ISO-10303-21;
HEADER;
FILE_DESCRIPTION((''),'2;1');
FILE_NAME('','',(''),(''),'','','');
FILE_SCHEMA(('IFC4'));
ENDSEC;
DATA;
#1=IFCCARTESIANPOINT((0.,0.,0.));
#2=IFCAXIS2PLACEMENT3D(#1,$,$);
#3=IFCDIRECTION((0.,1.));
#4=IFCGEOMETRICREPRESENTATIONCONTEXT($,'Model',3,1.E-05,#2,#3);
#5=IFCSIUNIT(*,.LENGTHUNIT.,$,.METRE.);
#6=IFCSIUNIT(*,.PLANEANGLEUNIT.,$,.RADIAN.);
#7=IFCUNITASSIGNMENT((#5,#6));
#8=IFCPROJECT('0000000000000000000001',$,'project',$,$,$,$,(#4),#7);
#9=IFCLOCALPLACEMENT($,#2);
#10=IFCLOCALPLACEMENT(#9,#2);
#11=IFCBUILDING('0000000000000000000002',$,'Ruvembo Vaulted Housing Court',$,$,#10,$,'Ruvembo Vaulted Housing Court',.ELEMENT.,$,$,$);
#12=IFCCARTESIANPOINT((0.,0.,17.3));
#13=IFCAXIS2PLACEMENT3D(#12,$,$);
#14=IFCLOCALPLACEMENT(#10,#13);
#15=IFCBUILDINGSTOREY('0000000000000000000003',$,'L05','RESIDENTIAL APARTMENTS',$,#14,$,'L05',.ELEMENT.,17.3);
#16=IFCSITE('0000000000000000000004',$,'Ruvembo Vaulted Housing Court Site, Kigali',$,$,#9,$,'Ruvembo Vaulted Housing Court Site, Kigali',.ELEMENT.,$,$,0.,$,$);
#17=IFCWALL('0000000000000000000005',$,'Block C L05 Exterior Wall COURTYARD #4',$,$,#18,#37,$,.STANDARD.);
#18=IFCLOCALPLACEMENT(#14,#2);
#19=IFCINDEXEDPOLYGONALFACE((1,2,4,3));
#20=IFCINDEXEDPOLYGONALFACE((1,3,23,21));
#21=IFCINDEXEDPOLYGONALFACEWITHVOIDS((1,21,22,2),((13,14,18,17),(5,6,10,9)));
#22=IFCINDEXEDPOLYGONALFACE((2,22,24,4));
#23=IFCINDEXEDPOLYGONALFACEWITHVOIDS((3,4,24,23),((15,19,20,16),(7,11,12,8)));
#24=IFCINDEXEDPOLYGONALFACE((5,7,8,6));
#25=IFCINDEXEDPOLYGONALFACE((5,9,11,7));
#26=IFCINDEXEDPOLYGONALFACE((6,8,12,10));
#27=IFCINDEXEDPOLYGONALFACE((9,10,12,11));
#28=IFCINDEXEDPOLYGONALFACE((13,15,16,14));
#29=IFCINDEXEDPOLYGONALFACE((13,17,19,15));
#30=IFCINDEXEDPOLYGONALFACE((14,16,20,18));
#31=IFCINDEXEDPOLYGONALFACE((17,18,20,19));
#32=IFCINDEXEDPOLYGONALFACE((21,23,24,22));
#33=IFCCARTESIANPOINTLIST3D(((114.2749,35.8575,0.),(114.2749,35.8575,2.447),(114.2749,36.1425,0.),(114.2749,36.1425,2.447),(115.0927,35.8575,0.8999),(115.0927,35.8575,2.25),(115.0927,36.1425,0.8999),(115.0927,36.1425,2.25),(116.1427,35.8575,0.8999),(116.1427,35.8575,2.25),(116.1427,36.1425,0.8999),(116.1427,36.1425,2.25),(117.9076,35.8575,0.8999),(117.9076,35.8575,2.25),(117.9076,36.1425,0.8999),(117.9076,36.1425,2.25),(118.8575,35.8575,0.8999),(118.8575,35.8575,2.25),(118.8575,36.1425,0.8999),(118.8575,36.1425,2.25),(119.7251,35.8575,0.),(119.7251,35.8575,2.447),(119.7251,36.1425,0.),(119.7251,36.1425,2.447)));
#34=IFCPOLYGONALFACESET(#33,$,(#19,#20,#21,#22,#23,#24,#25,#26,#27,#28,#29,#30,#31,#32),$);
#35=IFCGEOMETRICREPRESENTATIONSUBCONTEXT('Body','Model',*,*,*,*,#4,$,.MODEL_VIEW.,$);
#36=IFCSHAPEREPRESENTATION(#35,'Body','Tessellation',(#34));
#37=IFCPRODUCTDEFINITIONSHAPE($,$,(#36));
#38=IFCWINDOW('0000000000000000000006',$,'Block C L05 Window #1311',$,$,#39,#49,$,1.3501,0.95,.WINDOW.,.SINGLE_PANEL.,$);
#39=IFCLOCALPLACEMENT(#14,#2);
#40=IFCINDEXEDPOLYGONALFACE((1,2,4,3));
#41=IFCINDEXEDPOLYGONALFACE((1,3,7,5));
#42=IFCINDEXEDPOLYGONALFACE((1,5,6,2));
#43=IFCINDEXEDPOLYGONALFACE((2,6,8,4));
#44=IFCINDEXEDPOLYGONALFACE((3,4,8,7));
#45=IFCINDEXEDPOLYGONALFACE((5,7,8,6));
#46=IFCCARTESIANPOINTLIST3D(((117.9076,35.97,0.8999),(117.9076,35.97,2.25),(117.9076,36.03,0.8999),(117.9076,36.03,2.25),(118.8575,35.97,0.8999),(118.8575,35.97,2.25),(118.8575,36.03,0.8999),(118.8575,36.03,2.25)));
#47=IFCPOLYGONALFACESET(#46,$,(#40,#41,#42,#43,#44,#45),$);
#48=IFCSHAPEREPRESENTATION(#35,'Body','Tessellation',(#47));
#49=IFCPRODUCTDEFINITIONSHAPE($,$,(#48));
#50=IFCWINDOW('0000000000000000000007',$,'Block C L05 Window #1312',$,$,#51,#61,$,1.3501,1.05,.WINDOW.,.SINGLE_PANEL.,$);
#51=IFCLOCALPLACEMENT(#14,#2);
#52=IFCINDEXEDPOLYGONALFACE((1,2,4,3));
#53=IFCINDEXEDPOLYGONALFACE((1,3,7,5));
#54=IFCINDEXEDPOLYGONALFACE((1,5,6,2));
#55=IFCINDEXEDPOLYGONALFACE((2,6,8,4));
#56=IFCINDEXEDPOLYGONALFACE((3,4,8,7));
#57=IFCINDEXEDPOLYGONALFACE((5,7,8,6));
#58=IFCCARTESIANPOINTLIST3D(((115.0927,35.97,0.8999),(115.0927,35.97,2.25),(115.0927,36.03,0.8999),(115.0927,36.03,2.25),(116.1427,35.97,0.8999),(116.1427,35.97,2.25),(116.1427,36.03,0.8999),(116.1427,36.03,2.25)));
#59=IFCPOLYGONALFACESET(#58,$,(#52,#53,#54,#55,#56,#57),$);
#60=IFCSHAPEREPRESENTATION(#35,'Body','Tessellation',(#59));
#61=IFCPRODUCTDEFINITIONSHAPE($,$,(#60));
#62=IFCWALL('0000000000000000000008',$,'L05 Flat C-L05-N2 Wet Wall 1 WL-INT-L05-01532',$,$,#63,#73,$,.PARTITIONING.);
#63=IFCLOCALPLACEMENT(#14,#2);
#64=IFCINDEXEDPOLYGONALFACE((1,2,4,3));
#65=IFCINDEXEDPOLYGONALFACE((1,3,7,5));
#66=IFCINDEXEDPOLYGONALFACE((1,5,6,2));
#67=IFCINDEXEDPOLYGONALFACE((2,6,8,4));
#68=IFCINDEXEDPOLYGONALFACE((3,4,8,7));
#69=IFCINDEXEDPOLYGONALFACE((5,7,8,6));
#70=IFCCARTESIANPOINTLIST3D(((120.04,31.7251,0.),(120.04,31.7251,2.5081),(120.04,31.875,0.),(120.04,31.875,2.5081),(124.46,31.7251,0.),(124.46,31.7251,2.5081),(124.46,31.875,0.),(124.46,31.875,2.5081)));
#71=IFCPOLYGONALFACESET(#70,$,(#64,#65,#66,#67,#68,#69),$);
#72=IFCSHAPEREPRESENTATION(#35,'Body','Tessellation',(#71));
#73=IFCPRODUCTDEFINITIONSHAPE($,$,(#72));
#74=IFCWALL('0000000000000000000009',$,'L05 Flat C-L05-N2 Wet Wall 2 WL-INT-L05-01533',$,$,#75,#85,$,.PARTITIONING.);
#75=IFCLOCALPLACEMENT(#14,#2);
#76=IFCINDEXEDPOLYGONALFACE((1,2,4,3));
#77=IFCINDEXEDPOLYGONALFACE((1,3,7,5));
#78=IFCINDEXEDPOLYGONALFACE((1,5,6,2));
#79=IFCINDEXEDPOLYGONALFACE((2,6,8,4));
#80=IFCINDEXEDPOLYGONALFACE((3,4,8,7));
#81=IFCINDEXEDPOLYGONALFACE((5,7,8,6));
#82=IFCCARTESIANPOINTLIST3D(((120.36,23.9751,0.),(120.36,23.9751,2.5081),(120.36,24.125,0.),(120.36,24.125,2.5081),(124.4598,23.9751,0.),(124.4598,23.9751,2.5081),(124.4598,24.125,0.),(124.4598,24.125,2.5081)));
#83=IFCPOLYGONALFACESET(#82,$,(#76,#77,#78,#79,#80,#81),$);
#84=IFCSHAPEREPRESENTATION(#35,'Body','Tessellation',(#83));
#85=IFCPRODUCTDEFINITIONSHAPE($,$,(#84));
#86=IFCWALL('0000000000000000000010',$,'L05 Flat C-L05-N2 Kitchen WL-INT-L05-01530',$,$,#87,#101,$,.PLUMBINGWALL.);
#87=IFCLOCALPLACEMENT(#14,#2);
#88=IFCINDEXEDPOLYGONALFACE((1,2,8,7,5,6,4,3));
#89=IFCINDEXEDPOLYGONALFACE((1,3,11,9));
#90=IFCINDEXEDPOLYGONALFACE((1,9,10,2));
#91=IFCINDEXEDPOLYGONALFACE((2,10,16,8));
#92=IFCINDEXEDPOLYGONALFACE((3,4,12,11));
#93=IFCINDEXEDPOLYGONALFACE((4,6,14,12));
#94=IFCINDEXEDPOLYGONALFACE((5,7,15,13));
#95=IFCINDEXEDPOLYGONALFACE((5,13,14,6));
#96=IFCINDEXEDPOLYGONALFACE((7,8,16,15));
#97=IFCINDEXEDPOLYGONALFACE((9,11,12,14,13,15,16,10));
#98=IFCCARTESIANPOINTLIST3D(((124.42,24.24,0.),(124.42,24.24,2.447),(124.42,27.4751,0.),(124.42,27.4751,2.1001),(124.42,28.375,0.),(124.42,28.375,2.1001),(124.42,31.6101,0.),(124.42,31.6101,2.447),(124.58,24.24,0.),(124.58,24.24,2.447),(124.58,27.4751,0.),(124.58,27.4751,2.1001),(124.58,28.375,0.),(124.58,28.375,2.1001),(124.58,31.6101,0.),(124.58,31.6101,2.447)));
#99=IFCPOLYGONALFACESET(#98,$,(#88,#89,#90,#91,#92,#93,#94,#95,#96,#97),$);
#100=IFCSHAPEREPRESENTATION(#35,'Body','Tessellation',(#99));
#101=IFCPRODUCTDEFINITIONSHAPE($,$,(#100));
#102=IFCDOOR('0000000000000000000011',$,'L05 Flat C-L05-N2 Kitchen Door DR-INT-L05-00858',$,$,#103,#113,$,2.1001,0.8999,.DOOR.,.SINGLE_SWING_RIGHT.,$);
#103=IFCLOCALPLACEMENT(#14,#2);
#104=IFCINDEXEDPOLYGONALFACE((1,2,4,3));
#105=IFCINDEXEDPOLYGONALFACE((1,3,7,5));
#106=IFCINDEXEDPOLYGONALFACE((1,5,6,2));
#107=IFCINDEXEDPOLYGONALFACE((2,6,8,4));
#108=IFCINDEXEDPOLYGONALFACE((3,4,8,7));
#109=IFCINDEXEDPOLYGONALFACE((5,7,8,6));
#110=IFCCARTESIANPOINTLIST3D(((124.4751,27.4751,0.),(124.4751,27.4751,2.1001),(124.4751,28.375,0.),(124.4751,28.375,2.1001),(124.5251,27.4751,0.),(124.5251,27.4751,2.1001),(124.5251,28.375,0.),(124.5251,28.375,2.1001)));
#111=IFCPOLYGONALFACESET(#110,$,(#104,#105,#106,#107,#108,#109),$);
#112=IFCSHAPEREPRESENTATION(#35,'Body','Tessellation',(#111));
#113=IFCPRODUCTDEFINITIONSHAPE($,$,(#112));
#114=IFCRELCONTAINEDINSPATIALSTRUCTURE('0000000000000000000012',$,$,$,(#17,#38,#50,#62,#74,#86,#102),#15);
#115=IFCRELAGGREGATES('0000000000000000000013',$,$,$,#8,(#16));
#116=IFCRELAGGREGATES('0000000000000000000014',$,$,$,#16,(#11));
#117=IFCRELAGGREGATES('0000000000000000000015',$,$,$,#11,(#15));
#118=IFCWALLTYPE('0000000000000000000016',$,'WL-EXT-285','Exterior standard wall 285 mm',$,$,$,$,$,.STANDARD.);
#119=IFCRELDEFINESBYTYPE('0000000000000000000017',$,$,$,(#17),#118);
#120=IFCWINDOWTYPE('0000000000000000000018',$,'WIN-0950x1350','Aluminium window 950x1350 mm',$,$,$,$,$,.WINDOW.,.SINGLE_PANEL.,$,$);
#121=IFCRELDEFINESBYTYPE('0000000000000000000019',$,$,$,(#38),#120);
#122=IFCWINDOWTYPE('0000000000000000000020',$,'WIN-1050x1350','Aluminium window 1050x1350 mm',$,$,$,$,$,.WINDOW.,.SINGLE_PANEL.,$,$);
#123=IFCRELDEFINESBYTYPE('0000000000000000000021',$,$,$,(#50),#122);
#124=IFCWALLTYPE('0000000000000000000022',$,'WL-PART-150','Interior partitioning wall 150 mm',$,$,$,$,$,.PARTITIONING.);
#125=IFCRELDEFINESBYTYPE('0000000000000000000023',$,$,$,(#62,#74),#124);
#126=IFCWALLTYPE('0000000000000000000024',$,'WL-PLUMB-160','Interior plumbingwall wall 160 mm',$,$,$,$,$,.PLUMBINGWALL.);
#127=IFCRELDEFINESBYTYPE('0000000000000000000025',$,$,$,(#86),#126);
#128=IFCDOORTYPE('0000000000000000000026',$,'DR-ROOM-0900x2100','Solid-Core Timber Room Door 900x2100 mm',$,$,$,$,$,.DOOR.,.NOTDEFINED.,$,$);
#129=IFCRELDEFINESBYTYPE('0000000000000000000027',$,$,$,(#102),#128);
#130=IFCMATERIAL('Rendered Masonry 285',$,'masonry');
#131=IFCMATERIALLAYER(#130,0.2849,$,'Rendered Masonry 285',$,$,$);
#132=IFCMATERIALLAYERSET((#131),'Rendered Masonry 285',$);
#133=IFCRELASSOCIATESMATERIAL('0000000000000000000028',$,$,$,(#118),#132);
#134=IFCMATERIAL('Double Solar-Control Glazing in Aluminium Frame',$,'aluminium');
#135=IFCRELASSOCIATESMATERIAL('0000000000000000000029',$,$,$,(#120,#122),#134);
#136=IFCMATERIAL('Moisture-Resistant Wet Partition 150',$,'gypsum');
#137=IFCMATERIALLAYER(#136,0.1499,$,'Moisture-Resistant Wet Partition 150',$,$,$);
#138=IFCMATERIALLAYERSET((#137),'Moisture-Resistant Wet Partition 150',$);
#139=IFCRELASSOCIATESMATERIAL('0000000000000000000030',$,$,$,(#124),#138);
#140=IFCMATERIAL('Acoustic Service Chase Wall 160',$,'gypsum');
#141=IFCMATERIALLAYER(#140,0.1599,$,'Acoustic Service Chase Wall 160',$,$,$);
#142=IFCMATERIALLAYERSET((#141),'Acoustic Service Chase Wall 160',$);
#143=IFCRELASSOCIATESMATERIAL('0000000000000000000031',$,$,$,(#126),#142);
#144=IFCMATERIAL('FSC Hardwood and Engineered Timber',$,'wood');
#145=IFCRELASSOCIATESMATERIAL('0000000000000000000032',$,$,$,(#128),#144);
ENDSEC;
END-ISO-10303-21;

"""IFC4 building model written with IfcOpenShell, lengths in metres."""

from ifc_helpers import new_model, si_unit, direction, frame, frame_2d, origin, place, context, subcontext, project, spatial, rectangle, extrude, material, layer, layer_set, type_object, element, fill, save


model = new_model("IFC4")

# Units and contexts
model_context = context("Model", 3, precision=1e-05, world=origin(), true_north=direction((0.0, 1.0)))
body_context = subcontext(model_context, "Body", "Model", "MODEL_VIEW")
ifc_project = project(units=[si_unit("LENGTHUNIT", "METRE"), si_unit("PLANEANGLEUNIT", "RADIAN")], contexts=[model_context])

# Site, building, storey
site_placement = place(None, origin())
site = spatial("IfcSite", under=ifc_project, at=site_placement, Name="Ruvembo Vaulted Housing Court Site, Kigali", LongName="Ruvembo Vaulted Housing Court Site, Kigali", CompositionType="ELEMENT", RefElevation=0.0)
building_placement = place(site_placement, origin())
building = spatial("IfcBuilding", under=site, at=building_placement, Name="Ruvembo Vaulted Housing Court", LongName="Ruvembo Vaulted Housing Court", CompositionType="ELEMENT")
storey_placement = place(building_placement, frame((0.0, 0.0, 17.3)))
storey = spatial("IfcBuildingStorey", under=building, at=storey_placement, Name="L05", Description="RESIDENTIAL APARTMENTS", LongName="L05", CompositionType="ELEMENT", Elevation=17.3)

# Wall, openings, windows
ifc_material_1 = material(Name="Rendered Masonry 285", Category="masonry")
ifc_layer_1 = layer(ifc_material_1, 0.2849, Name="Rendered Masonry 285")
ifc_layer_set_1 = layer_set([ifc_layer_1], Name="Rendered Masonry 285")
wall_type_1 = type_object("IfcWallType", Name="WL-EXT-285", Description="Exterior standard wall 285 mm", PredefinedType="STANDARD", material=ifc_layer_set_1)
wall_1_placement = place(storey_placement, frame((119.7251, 36.0, 0.0), z_axis=(0.0, 0.0, 1.0), x_axis=(-1.0, 0.0, 0.0)))
wall_1 = element("IfcWall", 1, at=wall_1_placement, inside=storey, type_object=wall_type_1, Name="Block C L05 Exterior Wall COURTYARD #4", PredefinedType="STANDARD", context=body_context, shape_type="SweptSolid", body=[
    extrude(rectangle(XDim=5.4502, YDim=0.2849, at=frame_2d((2.7251, 0.0))), origin(), (0.0, 0.0, 1.0), 2.447),
])
opening_1_placement = place(wall_1_placement, frame((0.8674, 0.0, 0.8999)))
opening_1 = element("IfcOpeningElement", 2, at=opening_1_placement, cuts=wall_1, PredefinedType="OPENING", context=body_context, shape_type="SweptSolid", body=[
    extrude(rectangle(XDim=0.95, YDim=1.3501, at=frame_2d((0.4751, 0.675))), frame((0.0, 0.1523, 0.0), z_axis=(0.0, -1.0, 0.0), x_axis=(1.0, 0.0, 0.0)), (0.0, 0.0, 1.0), 0.3049),
])
opening_2_placement = place(wall_1_placement, frame((3.5825, 0.0, 0.8999)))
opening_2 = element("IfcOpeningElement", 3, at=opening_2_placement, cuts=wall_1, PredefinedType="OPENING", context=body_context, shape_type="SweptSolid", body=[
    extrude(rectangle(XDim=1.05, YDim=1.3501, at=frame_2d((0.5249, 0.675))), frame((0.0, 0.1523, 0.0), z_axis=(0.0, -1.0, 0.0), x_axis=(1.0, 0.0, 0.0)), (0.0, 0.0, 1.0), 0.3049),
])
ifc_material_2 = material(Name="Double Solar-Control Glazing in Aluminium Frame", Category="aluminium")
window_type_1 = type_object("IfcWindowType", Name="WIN-0950x1350", Description="Aluminium window 950x1350 mm", PartitioningType="SINGLE_PANEL", PredefinedType="WINDOW", material=ifc_material_2)
window_1_placement = place(opening_1_placement, origin())
window_1 = element("IfcWindow", 4, at=window_1_placement, inside=storey, type_object=window_type_1, Name="Block C L05 Window #1311", OverallHeight=1.3501, OverallWidth=0.95, PartitioningType="SINGLE_PANEL", PredefinedType="WINDOW", context=body_context, shape_type="SweptSolid", body=[
    extrude(rectangle(XDim=0.95, YDim=1.3501, at=frame_2d((0.4751, 0.675))), frame((0.0, 0.03, 0.0), z_axis=(0.0, -1.0, 0.0), x_axis=(1.0, 0.0, 0.0)), (0.0, 0.0, 1.0), 0.0601),
])
fill(opening_1, window_1)
window_type_2 = type_object("IfcWindowType", Name="WIN-1050x1350", Description="Aluminium window 1050x1350 mm", PartitioningType="SINGLE_PANEL", PredefinedType="WINDOW", material=ifc_material_2)
window_2_placement = place(opening_2_placement, origin())
window_2 = element("IfcWindow", 5, at=window_2_placement, inside=storey, type_object=window_type_2, Name="Block C L05 Window #1312", OverallHeight=1.3501, OverallWidth=1.05, PartitioningType="SINGLE_PANEL", PredefinedType="WINDOW", context=body_context, shape_type="SweptSolid", body=[
    extrude(rectangle(XDim=1.05, YDim=1.3501, at=frame_2d((0.5249, 0.675))), frame((0.0, 0.03, 0.0), z_axis=(0.0, -1.0, 0.0), x_axis=(1.0, 0.0, 0.0)), (0.0, 0.0, 1.0), 0.0601),
])
fill(opening_2, window_2)

# Walls
ifc_material_3 = material(Name="Moisture-Resistant Wet Partition 150", Category="gypsum")
ifc_layer_2 = layer(ifc_material_3, 0.1499, Name="Moisture-Resistant Wet Partition 150")
ifc_layer_set_2 = layer_set([ifc_layer_2], Name="Moisture-Resistant Wet Partition 150")
wall_type_2 = type_object("IfcWallType", Name="WL-PART-150", Description="Interior partitioning wall 150 mm", PredefinedType="PARTITIONING", material=ifc_layer_set_2)
wall_2_placement = place(storey_placement, frame((120.04, 31.8, 0.0), z_axis=(0.0, 0.0, 1.0), x_axis=(1.0, 0.0, 0.0)))
element("IfcWall", 6, at=wall_2_placement, inside=storey, type_object=wall_type_2, Name="L05 Flat C-L05-N2 Wet Wall 1 WL-INT-L05-01532", PredefinedType="PARTITIONING", context=body_context, shape_type="SweptSolid", body=[
    extrude(rectangle(XDim=4.4199, YDim=0.1499, at=frame_2d((2.21, 0.0))), origin(), (0.0, 0.0, 1.0), 2.5081),
])
wall_3_placement = place(storey_placement, frame((120.3601, 24.05, 0.0), z_axis=(0.0, 0.0, 1.0), x_axis=(1.0, 0.0, 0.0)))
element("IfcWall", 7, at=wall_3_placement, inside=storey, type_object=wall_type_2, Name="L05 Flat C-L05-N2 Wet Wall 2 WL-INT-L05-01533", PredefinedType="PARTITIONING", context=body_context, shape_type="SweptSolid", body=[
    extrude(rectangle(XDim=4.0999, YDim=0.1499, at=frame_2d((2.0498, 0.0))), origin(), (0.0, 0.0, 1.0), 2.5081),
])

# Wall, opening, door
ifc_material_4 = material(Name="Acoustic Service Chase Wall 160", Category="gypsum")
ifc_layer_3 = layer(ifc_material_4, 0.1599, Name="Acoustic Service Chase Wall 160")
ifc_layer_set_3 = layer_set([ifc_layer_3], Name="Acoustic Service Chase Wall 160")
wall_type_3 = type_object("IfcWallType", Name="WL-PLUMB-160", Description="Interior plumbingwall wall 160 mm", PredefinedType="PLUMBINGWALL", material=ifc_layer_set_3)
wall_4_placement = place(storey_placement, frame((124.5, 24.24, 0.0), z_axis=(0.0, 0.0, 1.0), x_axis=(0.0, 1.0, 0.0)))
wall_4 = element("IfcWall", 8, at=wall_4_placement, inside=storey, type_object=wall_type_3, Name="L05 Flat C-L05-N2 Kitchen WL-INT-L05-01530", PredefinedType="PLUMBINGWALL", context=body_context, shape_type="SweptSolid", body=[
    extrude(rectangle(XDim=7.3701, YDim=0.1599, at=frame_2d((3.6851, 0.0))), origin(), (0.0, 0.0, 1.0), 2.447),
])
opening_3_placement = place(wall_4_placement, frame((3.2351, 0.0, 0.0)))
opening_3 = element("IfcOpeningElement", 9, at=opening_3_placement, cuts=wall_4, PredefinedType="OPENING", context=body_context, shape_type="SweptSolid", body=[
    extrude(rectangle(XDim=0.8999, YDim=2.1001, at=frame_2d((0.45, 1.05))), frame((0.0, 0.0898, 0.0), z_axis=(0.0, -1.0, 0.0), x_axis=(1.0, 0.0, 0.0)), (0.0, 0.0, 1.0), 0.1799),
])
ifc_material_5 = material(Name="FSC Hardwood and Engineered Timber", Category="wood")
door_type = type_object("IfcDoorType", Name="DR-ROOM-0900x2100", Description="Solid-Core Timber Room Door 900x2100 mm", OperationType="NOTDEFINED", PredefinedType="DOOR", material=ifc_material_5)
door_placement = place(opening_3_placement, origin())
door = element("IfcDoor", 10, at=door_placement, inside=storey, type_object=door_type, Name="L05 Flat C-L05-N2 Kitchen Door DR-INT-L05-00858", OperationType="SINGLE_SWING_RIGHT", OverallHeight=2.1001, OverallWidth=0.8999, PredefinedType="DOOR", context=body_context, shape_type="SweptSolid", body=[
    extrude(rectangle(XDim=0.8999, YDim=2.1001, at=frame_2d((0.45, 1.05))), frame((0.0, 0.0249, 0.0), z_axis=(0.0, -1.0, 0.0), x_axis=(1.0, 0.0, 0.0)), (0.0, 0.0, 1.0), 0.05),
])
fill(opening_3, door)

save(model, "model.ifc")
